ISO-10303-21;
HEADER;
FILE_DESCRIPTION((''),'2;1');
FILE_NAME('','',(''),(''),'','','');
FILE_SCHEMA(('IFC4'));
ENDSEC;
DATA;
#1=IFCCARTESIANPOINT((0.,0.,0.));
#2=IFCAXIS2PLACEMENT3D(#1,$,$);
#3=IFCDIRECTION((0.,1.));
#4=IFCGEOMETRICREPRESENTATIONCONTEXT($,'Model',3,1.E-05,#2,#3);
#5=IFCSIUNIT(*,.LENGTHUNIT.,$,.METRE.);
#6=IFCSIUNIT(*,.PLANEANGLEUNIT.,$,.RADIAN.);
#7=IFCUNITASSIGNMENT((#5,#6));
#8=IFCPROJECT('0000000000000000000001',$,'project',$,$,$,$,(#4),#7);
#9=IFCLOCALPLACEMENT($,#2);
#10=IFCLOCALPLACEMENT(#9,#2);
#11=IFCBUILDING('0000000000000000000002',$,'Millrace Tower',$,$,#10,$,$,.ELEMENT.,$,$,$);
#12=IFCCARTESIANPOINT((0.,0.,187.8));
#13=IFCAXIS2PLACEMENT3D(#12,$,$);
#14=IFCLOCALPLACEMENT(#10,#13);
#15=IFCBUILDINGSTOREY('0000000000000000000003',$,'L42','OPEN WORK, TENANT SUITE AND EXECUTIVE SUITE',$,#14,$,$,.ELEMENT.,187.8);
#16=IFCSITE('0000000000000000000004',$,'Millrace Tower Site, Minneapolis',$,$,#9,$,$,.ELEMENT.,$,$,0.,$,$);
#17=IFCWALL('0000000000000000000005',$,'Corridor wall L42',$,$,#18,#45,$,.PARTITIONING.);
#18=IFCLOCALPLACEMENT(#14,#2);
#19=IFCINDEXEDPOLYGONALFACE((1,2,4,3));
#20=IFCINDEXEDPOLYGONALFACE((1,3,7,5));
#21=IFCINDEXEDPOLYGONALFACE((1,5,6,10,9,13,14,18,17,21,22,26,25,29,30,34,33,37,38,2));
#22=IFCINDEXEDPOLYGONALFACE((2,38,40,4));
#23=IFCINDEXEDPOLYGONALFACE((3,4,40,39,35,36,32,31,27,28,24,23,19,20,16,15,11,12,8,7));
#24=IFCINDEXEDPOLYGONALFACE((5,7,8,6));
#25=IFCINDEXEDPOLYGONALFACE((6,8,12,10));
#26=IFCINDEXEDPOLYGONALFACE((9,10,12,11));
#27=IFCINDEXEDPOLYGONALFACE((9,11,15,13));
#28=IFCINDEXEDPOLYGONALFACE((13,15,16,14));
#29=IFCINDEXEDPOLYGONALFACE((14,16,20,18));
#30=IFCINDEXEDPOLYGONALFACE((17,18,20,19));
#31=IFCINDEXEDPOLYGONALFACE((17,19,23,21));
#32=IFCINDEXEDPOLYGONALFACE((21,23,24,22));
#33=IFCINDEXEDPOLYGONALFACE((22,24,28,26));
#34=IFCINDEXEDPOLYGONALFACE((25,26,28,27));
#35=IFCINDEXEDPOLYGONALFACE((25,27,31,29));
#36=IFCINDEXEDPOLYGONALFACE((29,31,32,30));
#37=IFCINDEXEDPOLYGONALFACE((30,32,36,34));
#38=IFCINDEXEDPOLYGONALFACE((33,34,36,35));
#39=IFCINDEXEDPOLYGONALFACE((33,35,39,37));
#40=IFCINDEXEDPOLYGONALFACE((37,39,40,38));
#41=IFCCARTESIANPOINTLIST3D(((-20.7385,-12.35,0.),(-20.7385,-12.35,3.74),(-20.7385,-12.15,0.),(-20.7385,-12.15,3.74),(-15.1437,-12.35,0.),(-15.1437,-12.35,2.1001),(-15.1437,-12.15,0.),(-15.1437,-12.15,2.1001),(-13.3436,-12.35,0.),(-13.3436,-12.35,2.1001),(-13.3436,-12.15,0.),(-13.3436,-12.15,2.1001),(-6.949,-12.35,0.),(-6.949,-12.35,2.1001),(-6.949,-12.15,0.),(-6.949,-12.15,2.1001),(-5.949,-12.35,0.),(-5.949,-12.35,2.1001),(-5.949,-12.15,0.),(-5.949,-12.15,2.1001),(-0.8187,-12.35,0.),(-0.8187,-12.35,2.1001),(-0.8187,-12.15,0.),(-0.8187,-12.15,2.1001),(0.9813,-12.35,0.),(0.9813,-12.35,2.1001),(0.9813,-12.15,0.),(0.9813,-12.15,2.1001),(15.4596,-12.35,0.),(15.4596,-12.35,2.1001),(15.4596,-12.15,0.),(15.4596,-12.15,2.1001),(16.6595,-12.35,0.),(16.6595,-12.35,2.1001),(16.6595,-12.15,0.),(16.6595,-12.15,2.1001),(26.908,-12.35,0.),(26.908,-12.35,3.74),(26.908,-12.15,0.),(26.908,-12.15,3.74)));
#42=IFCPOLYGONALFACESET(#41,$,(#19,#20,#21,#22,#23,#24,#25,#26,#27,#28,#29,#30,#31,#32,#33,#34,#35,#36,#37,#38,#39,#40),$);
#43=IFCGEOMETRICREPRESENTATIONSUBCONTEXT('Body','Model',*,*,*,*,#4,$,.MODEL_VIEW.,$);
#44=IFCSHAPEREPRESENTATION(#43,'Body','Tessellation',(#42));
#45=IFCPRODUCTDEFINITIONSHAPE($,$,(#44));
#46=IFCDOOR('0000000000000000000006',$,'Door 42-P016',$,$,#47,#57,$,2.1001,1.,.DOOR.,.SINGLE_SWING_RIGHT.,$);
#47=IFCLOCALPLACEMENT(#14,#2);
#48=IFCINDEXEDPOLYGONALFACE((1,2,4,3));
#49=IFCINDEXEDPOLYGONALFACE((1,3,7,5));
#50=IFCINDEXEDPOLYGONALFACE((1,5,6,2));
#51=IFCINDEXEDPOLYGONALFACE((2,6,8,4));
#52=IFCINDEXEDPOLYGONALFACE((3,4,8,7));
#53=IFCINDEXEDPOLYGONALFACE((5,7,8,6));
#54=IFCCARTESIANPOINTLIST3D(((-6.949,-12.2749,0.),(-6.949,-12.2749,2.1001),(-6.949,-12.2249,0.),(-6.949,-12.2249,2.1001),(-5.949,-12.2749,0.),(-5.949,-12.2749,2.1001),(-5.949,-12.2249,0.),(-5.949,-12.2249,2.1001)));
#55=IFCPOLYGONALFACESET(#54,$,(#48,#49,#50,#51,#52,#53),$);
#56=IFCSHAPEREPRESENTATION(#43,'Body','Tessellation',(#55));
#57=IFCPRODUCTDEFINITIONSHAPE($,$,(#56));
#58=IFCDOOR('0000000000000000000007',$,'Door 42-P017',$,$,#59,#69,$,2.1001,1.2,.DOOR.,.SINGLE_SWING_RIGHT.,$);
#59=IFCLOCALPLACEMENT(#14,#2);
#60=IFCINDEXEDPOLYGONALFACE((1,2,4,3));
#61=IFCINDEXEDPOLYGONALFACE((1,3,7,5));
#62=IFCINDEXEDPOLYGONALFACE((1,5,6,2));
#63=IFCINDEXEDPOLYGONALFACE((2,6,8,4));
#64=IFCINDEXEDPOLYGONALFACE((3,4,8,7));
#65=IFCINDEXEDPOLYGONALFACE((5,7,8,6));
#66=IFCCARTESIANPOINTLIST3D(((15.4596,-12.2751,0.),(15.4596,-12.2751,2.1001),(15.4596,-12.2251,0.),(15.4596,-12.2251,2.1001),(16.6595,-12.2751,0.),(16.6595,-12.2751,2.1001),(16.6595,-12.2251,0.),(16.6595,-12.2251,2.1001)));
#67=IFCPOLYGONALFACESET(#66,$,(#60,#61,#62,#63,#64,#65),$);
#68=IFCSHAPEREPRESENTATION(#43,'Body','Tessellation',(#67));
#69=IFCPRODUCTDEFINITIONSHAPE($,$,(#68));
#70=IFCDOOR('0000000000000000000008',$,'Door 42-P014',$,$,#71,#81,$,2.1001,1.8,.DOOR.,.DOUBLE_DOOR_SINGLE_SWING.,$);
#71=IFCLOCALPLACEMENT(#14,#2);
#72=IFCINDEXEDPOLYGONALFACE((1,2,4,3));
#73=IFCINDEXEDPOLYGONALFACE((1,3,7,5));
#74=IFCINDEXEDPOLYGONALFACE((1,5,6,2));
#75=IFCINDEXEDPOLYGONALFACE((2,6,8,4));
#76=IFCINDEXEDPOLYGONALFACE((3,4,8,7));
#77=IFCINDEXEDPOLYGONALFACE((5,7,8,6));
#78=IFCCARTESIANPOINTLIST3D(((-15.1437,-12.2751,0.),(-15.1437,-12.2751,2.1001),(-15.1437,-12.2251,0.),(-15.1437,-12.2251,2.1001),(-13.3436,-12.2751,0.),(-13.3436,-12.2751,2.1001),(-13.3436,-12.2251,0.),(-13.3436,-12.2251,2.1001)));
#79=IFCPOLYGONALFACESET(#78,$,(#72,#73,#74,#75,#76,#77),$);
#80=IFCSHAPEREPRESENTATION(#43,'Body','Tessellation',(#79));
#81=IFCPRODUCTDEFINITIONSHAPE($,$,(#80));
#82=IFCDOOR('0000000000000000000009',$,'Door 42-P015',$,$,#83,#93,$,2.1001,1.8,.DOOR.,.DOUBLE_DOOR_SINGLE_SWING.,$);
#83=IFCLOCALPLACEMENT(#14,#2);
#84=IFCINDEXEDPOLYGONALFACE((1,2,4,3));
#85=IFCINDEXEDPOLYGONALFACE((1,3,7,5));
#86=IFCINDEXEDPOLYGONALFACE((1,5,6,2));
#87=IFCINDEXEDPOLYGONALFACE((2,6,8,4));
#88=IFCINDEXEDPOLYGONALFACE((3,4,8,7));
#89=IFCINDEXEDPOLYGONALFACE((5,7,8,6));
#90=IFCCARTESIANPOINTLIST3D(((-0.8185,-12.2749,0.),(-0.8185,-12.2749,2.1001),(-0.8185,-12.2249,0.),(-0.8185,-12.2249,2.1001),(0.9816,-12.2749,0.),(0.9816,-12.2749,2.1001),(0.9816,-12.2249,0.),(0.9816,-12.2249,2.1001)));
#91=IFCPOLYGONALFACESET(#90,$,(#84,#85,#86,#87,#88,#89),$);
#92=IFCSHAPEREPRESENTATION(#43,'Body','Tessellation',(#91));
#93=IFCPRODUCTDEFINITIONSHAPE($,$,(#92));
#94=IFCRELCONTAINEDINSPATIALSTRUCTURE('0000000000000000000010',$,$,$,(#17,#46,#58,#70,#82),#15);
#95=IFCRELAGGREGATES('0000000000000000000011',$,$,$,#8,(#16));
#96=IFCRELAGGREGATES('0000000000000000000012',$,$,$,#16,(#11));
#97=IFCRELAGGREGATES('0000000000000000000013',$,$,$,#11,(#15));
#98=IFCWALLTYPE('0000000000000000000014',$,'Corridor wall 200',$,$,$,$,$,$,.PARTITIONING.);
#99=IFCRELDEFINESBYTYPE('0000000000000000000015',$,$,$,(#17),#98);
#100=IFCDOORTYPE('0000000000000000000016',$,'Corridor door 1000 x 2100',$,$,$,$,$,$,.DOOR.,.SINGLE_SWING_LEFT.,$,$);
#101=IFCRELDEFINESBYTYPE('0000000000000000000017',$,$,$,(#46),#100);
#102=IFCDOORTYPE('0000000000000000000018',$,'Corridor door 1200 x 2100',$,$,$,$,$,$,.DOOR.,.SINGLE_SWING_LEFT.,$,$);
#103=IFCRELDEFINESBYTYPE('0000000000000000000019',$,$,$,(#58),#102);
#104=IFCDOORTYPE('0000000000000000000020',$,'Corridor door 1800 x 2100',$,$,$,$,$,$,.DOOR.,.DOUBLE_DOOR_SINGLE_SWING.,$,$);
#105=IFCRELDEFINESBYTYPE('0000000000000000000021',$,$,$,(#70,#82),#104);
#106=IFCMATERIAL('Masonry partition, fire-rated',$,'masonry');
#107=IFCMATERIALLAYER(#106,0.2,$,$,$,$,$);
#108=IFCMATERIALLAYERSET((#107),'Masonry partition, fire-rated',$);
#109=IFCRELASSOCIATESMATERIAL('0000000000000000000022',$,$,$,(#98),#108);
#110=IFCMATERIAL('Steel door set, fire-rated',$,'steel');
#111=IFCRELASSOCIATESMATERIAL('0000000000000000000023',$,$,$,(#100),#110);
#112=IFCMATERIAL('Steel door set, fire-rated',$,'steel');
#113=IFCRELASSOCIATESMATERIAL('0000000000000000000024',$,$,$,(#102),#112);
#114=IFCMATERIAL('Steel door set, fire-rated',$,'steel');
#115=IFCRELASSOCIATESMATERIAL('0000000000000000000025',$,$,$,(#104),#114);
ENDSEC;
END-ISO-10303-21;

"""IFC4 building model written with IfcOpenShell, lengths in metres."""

from ifc_helpers import new_model, si_unit, direction, frame, frame_2d, origin, place, context, subcontext, project, spatial, rectangle, extrude, material, layer, layer_set, type_object, element, fill, save


model = new_model("IFC4")

# Units and contexts
model_context = context("Model", 3, precision=1e-05, world=origin(), true_north=direction((0.0, 1.0)))
body_context = subcontext(model_context, "Body", "Model", "MODEL_VIEW")
ifc_project = project(units=[si_unit("LENGTHUNIT", "METRE"), si_unit("PLANEANGLEUNIT", "RADIAN")], contexts=[model_context])

# Site, building, storey
site_placement = place(None, origin())
site = spatial("IfcSite", under=ifc_project, at=site_placement, Name="Millrace Tower Site, Minneapolis", CompositionType="ELEMENT", RefElevation=0.0)
building_placement = place(site_placement, origin())
building = spatial("IfcBuilding", under=site, at=building_placement, Name="Millrace Tower", CompositionType="ELEMENT")
storey_placement = place(building_placement, frame((0.0, 0.0, 187.8)))
storey = spatial("IfcBuildingStorey", under=building, at=storey_placement, Name="L42", Description="OPEN WORK, TENANT SUITE AND EXECUTIVE SUITE", CompositionType="ELEMENT", Elevation=187.8)

# Wall, openings, doors
ifc_material_1 = material(Name="Masonry partition, fire-rated", Category="masonry")
ifc_layer_1 = layer(ifc_material_1, 0.2)
ifc_layer_set_1 = layer_set([ifc_layer_1], Name="Masonry partition, fire-rated")
wall_type = type_object("IfcWallType", Name="Corridor wall 200", PredefinedType="PARTITIONING", material=ifc_layer_set_1)
wall_placement = place(storey_placement, frame((-20.7385, -12.25, 0.0), z_axis=(0.0, 0.0, 1.0), x_axis=(1.0, 0.0, 0.0)))
wall = element("IfcWall", 1, at=wall_placement, inside=storey, type_object=wall_type, Name="Corridor wall L42", PredefinedType="PARTITIONING", context=body_context, shape_type="SweptSolid", body=[
    extrude(rectangle(XDim=47.6465, YDim=0.2, at=frame_2d((23.8232, 0.0))), origin(), (0.0, 0.0, 1.0), 3.74),
])
opening_1_placement = place(wall_placement, frame((5.595, 0.0, 0.0)))
opening_1 = element("IfcOpeningElement", 2, at=opening_1_placement, cuts=wall, PredefinedType="OPENING", context=body_context, shape_type="SweptSolid", body=[
    extrude(rectangle(XDim=1.8, YDim=2.1001, at=frame_2d((0.8999, 1.05))), frame((0.0, 0.1099, 0.0), z_axis=(0.0, -1.0, 0.0), x_axis=(1.0, 0.0, 0.0)), (0.0, 0.0, 1.0), 0.22),
])
opening_2_placement = place(wall_placement, frame((19.9199, 0.0, 0.0)))
opening_2 = element("IfcOpeningElement", 3, at=opening_2_placement, cuts=wall, PredefinedType="OPENING", context=body_context, shape_type="SweptSolid", body=[
    extrude(rectangle(XDim=1.8, YDim=2.1001, at=frame_2d((0.8999, 1.05))), frame((0.0, 0.1099, 0.0), z_axis=(0.0, -1.0, 0.0), x_axis=(1.0, 0.0, 0.0)), (0.0, 0.0, 1.0), 0.22),
])
opening_3_placement = place(wall_placement, frame((13.7896, 0.0, 0.0)))
opening_3 = element("IfcOpeningElement", 4, at=opening_3_placement, cuts=wall, PredefinedType="OPENING", context=body_context, shape_type="SweptSolid", body=[
    extrude(rectangle(XDim=1.0, YDim=2.1001, at=frame_2d((0.5, 1.05))), frame((0.0, 0.1099, 0.0), z_axis=(0.0, -1.0, 0.0), x_axis=(1.0, 0.0, 0.0)), (0.0, 0.0, 1.0), 0.22),
])
opening_4_placement = place(wall_placement, frame((36.198, 0.0, 0.0)))
opening_4 = element("IfcOpeningElement", 5, at=opening_4_placement, cuts=wall, PredefinedType="OPENING", context=body_context, shape_type="SweptSolid", body=[
    extrude(rectangle(XDim=1.2, YDim=2.1001, at=frame_2d((0.6001, 1.05))), frame((0.0, 0.1099, 0.0), z_axis=(0.0, -1.0, 0.0), x_axis=(1.0, 0.0, 0.0)), (0.0, 0.0, 1.0), 0.22),
])
ifc_material_2 = material(Name="Steel door set, fire-rated", Category="steel")
door_type_1 = type_object("IfcDoorType", Name="Corridor door 1000 x 2100", OperationType="SINGLE_SWING_LEFT", PredefinedType="DOOR", material=ifc_material_2)
door_1_placement = place(opening_3_placement, frame((1.0, 0.0, 0.0), z_axis=(0.0, 0.0, 1.0), x_axis=(-1.0, 0.0, 0.0)))
door_1 = element("IfcDoor", 6, at=door_1_placement, inside=storey, type_object=door_type_1, Name="Door 42-P016", OperationType="SINGLE_SWING_RIGHT", OverallHeight=2.1001, OverallWidth=1.0, PredefinedType="DOOR", context=body_context, shape_type="SweptSolid", body=[
    extrude(rectangle(XDim=1.0, YDim=2.1001, at=frame_2d((0.5, 1.05))), frame((0.0, 0.0249, 0.0), z_axis=(0.0, -1.0, 0.0), x_axis=(1.0, 0.0, 0.0)), (0.0, 0.0, 1.0), 0.05),
])
fill(opening_3, door_1)
ifc_material_3 = material(Name="Steel door set, fire-rated", Category="steel")
door_type_2 = type_object("IfcDoorType", Name="Corridor door 1200 x 2100", OperationType="SINGLE_SWING_LEFT", PredefinedType="DOOR", material=ifc_material_3)
door_2_placement = place(opening_4_placement, origin())
door_2 = element("IfcDoor", 7, at=door_2_placement, inside=storey, type_object=door_type_2, Name="Door 42-P017", OperationType="SINGLE_SWING_RIGHT", OverallHeight=2.1001, OverallWidth=1.2, PredefinedType="DOOR", context=body_context, shape_type="SweptSolid", body=[
    extrude(rectangle(XDim=1.2, YDim=2.1001, at=frame_2d((0.6001, 1.05))), frame((0.0, 0.0249, 0.0), z_axis=(0.0, -1.0, 0.0), x_axis=(1.0, 0.0, 0.0)), (0.0, 0.0, 1.0), 0.05),
])
fill(opening_4, door_2)
ifc_material_4 = material(Name="Steel door set, fire-rated", Category="steel")
door_type_3 = type_object("IfcDoorType", Name="Corridor door 1800 x 2100", OperationType="DOUBLE_DOOR_SINGLE_SWING", PredefinedType="DOOR", material=ifc_material_4)
door_3_placement = place(opening_1_placement, origin())
door_3 = element("IfcDoor", 8, at=door_3_placement, inside=storey, type_object=door_type_3, Name="Door 42-P014", OperationType="DOUBLE_DOOR_SINGLE_SWING", OverallHeight=2.1001, OverallWidth=1.8, PredefinedType="DOOR", context=body_context, shape_type="SweptSolid", body=[
    extrude(rectangle(XDim=1.8, YDim=2.1001, at=frame_2d((0.8999, 1.05))), frame((0.0, 0.0249, 0.0), z_axis=(0.0, -1.0, 0.0), x_axis=(1.0, 0.0, 0.0)), (0.0, 0.0, 1.0), 0.05),
])
fill(opening_1, door_3)
door_4_placement = place(opening_2_placement, frame((1.8, 0.0, 0.0), z_axis=(0.0, 0.0, 1.0), x_axis=(-1.0, 0.0, 0.0)))
door_4 = element("IfcDoor", 9, at=door_4_placement, inside=storey, type_object=door_type_3, Name="Door 42-P015", OperationType="DOUBLE_DOOR_SINGLE_SWING", OverallHeight=2.1001, OverallWidth=1.8, PredefinedType="DOOR", context=body_context, shape_type="SweptSolid", body=[
    extrude(rectangle(XDim=1.8, YDim=2.1001, at=frame_2d((0.8999, 1.05))), frame((0.0, 0.0249, 0.0), z_axis=(0.0, -1.0, 0.0), x_axis=(1.0, 0.0, 0.0)), (0.0, 0.0, 1.0), 0.05),
])
fill(opening_2, door_4)

save(model, "model.ifc")
